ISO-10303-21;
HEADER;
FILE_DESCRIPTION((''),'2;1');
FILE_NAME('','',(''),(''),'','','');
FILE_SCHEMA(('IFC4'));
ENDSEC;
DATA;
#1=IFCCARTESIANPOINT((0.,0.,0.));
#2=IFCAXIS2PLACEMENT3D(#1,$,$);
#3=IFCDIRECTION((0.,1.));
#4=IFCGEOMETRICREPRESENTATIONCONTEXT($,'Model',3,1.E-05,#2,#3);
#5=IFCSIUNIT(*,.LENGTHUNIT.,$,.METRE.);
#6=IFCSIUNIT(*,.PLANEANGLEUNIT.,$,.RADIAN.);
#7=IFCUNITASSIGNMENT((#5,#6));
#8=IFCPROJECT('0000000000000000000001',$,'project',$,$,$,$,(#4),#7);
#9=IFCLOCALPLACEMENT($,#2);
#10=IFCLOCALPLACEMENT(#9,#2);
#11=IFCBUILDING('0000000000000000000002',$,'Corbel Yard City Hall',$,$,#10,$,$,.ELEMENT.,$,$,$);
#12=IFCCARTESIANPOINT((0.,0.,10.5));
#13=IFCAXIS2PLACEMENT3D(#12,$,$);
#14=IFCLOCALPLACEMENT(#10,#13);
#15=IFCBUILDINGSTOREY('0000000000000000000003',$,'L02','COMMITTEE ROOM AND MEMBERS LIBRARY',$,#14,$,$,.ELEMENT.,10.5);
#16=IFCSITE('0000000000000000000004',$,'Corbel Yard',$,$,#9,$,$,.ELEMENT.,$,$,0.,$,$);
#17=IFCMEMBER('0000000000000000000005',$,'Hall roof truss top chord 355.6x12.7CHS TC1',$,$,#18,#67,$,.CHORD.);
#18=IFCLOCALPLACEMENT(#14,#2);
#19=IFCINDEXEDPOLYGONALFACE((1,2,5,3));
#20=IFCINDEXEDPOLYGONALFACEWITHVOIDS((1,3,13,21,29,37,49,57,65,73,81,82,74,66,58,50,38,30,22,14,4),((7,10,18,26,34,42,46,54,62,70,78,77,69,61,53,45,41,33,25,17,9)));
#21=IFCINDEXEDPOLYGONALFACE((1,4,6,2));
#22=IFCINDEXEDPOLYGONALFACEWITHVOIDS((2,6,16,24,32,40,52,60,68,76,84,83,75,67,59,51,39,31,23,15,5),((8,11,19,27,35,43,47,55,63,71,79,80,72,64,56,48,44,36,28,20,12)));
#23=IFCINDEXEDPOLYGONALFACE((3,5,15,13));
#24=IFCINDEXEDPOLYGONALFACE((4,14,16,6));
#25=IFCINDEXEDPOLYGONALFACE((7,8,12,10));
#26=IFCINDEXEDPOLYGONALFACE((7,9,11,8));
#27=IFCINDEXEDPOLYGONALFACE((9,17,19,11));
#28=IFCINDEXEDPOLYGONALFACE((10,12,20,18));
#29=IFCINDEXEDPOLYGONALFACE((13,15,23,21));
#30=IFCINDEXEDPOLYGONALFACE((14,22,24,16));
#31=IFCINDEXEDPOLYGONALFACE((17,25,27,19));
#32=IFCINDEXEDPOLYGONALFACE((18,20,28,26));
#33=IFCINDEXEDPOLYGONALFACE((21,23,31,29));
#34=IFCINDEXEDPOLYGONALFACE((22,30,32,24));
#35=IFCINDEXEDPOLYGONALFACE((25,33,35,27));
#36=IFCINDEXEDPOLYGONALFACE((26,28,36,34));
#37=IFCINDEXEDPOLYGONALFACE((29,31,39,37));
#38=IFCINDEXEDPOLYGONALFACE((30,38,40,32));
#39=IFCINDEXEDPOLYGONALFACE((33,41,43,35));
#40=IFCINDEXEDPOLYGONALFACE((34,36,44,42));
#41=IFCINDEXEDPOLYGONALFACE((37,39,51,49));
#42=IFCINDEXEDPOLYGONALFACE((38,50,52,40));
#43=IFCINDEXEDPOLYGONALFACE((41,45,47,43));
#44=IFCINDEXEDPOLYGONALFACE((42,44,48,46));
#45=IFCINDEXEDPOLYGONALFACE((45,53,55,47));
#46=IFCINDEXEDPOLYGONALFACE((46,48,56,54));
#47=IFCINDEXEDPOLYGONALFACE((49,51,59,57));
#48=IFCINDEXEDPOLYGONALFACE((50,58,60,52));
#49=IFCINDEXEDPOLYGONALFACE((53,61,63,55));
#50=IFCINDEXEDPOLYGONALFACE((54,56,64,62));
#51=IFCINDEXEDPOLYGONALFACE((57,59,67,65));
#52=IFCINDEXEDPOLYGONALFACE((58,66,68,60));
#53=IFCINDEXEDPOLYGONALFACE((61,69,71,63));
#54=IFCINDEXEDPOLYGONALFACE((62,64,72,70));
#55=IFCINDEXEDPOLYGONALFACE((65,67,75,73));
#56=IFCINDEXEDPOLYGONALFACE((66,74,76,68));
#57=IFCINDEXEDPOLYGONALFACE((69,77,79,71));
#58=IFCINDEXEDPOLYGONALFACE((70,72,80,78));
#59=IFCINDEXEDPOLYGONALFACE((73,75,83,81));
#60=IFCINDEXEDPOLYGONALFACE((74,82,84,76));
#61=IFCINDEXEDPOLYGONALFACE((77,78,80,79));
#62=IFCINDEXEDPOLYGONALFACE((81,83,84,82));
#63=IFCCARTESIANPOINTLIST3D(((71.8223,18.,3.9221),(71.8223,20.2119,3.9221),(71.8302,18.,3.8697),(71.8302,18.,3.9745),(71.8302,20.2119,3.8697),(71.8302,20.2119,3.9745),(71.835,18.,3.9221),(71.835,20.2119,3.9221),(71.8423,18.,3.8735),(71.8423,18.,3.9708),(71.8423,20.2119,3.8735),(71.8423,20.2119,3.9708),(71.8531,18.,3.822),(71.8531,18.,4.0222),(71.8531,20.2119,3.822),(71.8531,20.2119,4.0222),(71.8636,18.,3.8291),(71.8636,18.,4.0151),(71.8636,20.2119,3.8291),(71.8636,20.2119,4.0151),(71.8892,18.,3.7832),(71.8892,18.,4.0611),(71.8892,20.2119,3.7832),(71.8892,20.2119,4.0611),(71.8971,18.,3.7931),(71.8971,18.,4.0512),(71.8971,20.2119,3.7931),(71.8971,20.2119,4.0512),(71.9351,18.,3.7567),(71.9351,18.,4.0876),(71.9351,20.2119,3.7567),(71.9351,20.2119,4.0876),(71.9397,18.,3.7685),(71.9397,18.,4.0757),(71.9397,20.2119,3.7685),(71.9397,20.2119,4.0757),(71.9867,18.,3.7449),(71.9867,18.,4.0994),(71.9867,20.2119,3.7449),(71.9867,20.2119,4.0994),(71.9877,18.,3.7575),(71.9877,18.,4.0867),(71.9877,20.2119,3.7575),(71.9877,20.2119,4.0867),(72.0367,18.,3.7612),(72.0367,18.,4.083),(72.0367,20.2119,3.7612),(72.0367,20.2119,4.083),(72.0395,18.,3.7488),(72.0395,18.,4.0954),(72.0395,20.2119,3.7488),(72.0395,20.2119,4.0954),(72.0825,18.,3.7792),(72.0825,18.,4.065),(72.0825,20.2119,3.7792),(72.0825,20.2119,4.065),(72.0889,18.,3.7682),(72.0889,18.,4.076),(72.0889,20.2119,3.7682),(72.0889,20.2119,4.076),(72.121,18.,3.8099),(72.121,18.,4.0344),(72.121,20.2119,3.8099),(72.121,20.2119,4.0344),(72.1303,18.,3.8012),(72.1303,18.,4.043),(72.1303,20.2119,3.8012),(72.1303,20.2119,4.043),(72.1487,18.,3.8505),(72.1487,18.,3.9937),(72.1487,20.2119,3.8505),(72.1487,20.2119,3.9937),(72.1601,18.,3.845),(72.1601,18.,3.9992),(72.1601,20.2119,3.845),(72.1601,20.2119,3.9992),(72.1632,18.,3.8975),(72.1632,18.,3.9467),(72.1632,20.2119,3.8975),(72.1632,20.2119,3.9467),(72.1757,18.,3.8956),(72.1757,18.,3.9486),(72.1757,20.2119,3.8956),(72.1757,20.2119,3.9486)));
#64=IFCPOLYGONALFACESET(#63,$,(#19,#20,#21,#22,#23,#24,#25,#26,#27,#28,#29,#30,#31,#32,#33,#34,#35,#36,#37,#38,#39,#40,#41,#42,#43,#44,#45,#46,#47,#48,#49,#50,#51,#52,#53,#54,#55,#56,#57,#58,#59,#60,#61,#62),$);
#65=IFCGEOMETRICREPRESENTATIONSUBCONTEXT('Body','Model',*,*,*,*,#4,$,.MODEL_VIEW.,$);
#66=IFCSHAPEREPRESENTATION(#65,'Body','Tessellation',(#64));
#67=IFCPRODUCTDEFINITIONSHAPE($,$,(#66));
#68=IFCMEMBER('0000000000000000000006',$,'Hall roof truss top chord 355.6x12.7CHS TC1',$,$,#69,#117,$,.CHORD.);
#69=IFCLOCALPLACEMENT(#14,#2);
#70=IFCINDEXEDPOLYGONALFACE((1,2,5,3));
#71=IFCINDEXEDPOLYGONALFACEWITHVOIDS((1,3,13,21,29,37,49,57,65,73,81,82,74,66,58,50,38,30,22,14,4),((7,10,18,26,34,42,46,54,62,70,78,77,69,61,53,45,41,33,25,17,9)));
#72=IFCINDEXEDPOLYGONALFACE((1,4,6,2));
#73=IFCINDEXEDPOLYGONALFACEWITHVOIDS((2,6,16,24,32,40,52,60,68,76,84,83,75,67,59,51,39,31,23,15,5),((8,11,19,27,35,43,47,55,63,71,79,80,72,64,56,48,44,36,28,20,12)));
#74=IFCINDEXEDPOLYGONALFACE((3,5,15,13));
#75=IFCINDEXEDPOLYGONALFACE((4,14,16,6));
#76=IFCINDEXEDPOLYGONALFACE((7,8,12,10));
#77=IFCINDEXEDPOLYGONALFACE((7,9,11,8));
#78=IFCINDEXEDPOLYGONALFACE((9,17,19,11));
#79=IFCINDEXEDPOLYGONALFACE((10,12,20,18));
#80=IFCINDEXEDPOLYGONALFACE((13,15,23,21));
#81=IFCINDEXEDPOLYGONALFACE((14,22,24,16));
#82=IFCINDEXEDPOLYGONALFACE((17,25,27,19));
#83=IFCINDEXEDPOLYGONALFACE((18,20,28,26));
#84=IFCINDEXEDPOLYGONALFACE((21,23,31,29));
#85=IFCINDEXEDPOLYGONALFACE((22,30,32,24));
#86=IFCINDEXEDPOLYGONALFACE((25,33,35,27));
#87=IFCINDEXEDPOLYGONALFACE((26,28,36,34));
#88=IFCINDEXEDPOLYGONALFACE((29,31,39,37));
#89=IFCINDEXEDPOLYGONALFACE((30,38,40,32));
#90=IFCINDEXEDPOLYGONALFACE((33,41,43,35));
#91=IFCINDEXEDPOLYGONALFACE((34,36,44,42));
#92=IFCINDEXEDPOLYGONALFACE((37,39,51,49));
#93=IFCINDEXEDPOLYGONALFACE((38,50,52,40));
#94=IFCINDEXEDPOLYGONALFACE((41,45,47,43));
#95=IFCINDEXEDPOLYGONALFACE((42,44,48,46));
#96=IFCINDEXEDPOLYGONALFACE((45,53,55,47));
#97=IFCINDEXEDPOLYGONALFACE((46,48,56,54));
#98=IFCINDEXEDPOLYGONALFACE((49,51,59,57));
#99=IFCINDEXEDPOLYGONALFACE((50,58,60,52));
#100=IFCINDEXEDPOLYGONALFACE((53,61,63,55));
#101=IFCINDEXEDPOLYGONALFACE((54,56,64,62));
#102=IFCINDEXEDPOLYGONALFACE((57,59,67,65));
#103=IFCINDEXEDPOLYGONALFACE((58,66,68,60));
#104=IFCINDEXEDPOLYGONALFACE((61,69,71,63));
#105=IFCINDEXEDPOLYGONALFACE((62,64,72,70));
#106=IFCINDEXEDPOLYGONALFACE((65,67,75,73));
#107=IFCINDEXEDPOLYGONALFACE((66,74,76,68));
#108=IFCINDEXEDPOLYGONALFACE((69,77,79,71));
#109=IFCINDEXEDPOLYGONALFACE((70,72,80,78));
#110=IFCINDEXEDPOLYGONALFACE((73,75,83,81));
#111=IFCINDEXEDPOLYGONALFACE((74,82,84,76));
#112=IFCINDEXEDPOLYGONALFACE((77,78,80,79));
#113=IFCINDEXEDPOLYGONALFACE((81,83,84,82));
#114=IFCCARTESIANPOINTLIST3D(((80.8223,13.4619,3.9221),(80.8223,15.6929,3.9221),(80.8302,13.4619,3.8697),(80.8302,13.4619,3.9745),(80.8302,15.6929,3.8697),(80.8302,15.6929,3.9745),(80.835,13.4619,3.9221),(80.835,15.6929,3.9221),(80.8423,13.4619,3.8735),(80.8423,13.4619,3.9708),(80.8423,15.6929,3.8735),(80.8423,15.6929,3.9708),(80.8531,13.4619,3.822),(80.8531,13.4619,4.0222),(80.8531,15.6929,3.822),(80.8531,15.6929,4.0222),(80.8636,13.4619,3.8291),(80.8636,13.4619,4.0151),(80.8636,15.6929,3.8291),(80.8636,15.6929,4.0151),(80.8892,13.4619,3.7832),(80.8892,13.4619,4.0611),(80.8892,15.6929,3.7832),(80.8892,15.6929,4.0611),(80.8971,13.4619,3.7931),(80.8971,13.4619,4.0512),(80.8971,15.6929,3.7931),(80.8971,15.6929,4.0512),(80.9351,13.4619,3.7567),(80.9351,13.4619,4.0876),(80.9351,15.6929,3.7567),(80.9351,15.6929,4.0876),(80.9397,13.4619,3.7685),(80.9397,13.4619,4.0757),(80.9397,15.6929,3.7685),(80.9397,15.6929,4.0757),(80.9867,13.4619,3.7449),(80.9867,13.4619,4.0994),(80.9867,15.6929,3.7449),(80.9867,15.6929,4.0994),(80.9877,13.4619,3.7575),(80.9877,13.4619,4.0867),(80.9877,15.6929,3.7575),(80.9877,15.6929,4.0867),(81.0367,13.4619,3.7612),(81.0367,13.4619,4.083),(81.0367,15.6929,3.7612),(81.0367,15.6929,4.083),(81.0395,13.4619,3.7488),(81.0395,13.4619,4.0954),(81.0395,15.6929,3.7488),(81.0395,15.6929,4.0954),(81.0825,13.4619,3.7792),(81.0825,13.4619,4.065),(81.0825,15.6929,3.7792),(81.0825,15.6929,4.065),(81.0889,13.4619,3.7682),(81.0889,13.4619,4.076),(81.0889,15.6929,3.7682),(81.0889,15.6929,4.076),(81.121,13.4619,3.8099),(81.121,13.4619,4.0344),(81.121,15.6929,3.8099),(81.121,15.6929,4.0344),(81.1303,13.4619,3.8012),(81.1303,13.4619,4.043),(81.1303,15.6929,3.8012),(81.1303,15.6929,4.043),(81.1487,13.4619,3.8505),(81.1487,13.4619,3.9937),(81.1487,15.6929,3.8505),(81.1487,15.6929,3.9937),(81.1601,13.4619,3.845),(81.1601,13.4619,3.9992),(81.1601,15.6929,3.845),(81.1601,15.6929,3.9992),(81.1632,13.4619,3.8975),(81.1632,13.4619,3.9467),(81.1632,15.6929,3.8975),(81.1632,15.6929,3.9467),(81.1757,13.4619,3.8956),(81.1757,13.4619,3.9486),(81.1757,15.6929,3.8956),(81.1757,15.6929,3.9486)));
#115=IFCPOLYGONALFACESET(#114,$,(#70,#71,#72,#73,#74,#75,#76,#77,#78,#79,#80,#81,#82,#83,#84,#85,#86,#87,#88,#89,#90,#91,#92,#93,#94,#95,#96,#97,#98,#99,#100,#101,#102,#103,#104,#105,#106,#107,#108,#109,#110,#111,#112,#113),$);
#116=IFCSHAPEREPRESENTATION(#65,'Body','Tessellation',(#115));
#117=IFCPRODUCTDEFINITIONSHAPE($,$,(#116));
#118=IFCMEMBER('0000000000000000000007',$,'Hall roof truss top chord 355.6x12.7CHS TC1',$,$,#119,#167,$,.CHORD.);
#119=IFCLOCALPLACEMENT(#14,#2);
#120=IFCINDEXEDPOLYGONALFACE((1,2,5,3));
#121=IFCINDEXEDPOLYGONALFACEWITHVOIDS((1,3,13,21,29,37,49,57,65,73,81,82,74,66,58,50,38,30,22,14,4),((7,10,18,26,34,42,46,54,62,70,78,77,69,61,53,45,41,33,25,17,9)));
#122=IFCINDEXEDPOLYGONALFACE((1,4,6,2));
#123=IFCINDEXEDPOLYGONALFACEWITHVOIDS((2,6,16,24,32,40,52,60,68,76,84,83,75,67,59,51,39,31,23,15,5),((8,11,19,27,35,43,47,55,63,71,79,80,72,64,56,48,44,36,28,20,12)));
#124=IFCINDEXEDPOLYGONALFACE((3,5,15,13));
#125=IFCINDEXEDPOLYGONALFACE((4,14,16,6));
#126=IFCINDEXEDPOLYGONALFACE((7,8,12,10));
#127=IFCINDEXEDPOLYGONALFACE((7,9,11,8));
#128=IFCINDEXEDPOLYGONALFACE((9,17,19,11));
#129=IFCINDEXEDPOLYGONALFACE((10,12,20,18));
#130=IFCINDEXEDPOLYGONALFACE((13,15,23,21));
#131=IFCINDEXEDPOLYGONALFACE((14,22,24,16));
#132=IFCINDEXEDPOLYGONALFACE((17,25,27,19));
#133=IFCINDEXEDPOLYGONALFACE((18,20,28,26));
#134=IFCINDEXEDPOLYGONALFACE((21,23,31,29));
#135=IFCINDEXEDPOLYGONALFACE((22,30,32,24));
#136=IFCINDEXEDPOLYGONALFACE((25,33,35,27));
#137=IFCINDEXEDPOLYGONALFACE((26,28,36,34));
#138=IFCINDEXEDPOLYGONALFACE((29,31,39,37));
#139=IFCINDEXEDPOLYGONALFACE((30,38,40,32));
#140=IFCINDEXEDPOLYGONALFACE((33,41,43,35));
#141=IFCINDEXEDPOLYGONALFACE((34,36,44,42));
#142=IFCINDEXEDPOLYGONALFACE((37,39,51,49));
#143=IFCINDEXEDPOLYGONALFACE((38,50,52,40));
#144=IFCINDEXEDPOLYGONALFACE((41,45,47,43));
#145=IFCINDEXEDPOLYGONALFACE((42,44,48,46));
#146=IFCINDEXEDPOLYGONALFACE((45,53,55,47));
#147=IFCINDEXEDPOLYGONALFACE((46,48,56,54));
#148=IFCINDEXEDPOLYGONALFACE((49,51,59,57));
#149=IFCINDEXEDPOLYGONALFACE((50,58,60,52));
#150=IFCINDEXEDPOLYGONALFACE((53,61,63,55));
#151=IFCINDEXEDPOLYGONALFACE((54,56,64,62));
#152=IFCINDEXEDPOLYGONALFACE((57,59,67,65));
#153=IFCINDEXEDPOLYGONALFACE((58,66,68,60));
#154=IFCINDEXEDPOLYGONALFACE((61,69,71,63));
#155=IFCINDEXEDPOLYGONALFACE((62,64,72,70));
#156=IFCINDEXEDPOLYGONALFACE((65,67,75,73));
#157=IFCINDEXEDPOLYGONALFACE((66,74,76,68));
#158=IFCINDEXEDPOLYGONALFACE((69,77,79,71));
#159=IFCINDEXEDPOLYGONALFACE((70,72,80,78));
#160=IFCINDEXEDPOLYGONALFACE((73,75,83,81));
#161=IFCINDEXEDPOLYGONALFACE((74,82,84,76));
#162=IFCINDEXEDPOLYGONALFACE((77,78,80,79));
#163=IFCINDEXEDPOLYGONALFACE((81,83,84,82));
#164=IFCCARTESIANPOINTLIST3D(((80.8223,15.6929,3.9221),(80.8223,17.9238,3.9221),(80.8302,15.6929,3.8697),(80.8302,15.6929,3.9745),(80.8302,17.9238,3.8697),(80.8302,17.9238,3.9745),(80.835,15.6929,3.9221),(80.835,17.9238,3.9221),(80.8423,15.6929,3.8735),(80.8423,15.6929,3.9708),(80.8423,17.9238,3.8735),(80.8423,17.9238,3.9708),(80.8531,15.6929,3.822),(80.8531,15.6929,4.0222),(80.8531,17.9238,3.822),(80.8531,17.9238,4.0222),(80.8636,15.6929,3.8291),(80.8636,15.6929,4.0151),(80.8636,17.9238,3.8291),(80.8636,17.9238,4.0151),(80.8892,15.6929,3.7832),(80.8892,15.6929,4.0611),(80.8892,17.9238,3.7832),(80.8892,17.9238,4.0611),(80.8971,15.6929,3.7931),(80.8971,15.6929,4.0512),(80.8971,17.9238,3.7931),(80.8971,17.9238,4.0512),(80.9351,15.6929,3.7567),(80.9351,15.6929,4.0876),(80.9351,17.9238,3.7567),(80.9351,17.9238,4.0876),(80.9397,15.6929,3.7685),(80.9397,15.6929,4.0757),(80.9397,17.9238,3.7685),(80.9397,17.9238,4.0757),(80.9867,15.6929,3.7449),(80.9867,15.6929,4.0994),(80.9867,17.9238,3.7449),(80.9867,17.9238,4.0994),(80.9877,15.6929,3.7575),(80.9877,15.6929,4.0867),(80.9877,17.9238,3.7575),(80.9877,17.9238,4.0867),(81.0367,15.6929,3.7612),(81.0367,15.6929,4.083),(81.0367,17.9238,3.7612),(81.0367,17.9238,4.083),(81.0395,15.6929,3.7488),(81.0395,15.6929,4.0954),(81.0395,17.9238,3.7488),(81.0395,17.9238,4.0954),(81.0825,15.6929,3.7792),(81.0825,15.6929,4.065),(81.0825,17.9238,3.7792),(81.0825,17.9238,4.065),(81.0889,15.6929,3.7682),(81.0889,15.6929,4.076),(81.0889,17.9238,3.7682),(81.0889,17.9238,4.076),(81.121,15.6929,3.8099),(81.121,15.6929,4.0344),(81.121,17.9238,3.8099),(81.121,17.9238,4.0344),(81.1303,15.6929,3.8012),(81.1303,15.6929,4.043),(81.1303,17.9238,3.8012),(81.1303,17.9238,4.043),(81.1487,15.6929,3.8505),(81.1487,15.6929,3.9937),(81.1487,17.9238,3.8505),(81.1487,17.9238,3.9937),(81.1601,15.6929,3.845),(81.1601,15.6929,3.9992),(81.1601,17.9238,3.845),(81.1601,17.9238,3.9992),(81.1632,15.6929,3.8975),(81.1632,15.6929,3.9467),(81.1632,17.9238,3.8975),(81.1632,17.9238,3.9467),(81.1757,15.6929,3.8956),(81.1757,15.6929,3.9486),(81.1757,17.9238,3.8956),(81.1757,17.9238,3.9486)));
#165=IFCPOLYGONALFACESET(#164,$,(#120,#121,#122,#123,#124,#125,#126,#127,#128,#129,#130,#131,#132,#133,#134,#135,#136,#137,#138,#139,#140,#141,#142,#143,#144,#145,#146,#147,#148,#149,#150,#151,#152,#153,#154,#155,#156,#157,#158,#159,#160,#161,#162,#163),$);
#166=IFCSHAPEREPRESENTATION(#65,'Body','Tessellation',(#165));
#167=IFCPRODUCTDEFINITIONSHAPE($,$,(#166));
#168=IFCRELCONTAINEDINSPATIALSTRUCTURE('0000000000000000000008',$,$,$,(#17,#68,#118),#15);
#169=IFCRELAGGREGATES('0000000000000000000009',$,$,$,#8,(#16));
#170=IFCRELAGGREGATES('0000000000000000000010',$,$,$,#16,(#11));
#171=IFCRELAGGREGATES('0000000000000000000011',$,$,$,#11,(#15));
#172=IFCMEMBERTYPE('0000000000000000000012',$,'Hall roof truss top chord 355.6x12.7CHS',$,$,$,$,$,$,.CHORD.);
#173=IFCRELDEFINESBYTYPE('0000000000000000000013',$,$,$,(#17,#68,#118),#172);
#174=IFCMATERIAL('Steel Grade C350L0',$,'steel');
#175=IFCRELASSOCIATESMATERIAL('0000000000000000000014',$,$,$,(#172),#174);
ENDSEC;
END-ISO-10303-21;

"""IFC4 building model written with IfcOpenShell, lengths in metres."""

from ifc_helpers import new_model, si_unit, direction, frame, origin, origin_2d, place, context, subcontext, project, spatial, hollow_circle, extrude, material, material_profile, profile_set, type_object, element, save


model = new_model("IFC4")

# Units and contexts
model_context = context("Model", 3, precision=1e-05, world=origin(), true_north=direction((0.0, 1.0)))
body_context = subcontext(model_context, "Body", "Model", "MODEL_VIEW")
ifc_project = project(units=[si_unit("LENGTHUNIT", "METRE"), si_unit("PLANEANGLEUNIT", "RADIAN")], contexts=[model_context])

# Site, building, storey
site_placement = place(None, origin())
site = spatial("IfcSite", under=ifc_project, at=site_placement, Name="Corbel Yard", CompositionType="ELEMENT", RefElevation=0.0)
building_placement = place(site_placement, origin())
building = spatial("IfcBuilding", under=site, at=building_placement, Name="Corbel Yard City Hall", CompositionType="ELEMENT")
storey_placement = place(building_placement, frame((0.0, 0.0, 10.5)))
storey = spatial("IfcBuildingStorey", under=building, at=storey_placement, Name="L02", Description="COMMITTEE ROOM AND MEMBERS LIBRARY", CompositionType="ELEMENT", Elevation=10.5)

# Members
ifc_material_1 = material(Name="Steel Grade C350L0", Category="steel")
ifc_material_profile_1 = material_profile(ifc_material_1, hollow_circle(Radius=0.1777, WallThickness=0.0127, at=origin_2d()), Name="355.6x12.7CHS")
ifc_profile_set_1 = profile_set([ifc_material_profile_1], Name="Steel Grade C350L0")
member_type_1 = type_object("IfcMemberType", Name="Hall roof truss top chord 355.6x12.7CHS", PredefinedType="CHORD", material=ifc_profile_set_1)
member_1_placement = place(storey_placement, frame((72.0, 18.0, 3.9221), z_axis=(0.0, 1.0, 0.0), x_axis=(-1.0, 0.0, 0.0)))
element("IfcMember", 1, at=member_1_placement, inside=storey, type_object=member_type_1, Name="Hall roof truss top chord 355.6x12.7CHS TC1", PredefinedType="CHORD", context=body_context, shape_type="SweptSolid", body=[
    extrude(hollow_circle(Radius=0.1777, WallThickness=0.0127, at=origin_2d()), origin(), (0.0, 0.0, 1.0), 2.2119),
])
for number, where, z_axis, x_axis, name in (
    (2, (81.0, 13.4619, 3.9221), (0.0, 1.0, 0.0), (-1.0, 0.0, 0.0), "Hall roof truss top chord 355.6x12.7CHS TC1"),
    (3, (81.0, 15.6929, 3.9221), (0.0, 1.0, 0.0), (-1.0, 0.0, 0.0), "Hall roof truss top chord 355.6x12.7CHS TC1"),
):
    element("IfcMember", number, at=place(storey_placement, frame(where, z_axis=z_axis, x_axis=x_axis)), inside=storey, type_object=member_type_1, Name=name, PredefinedType="CHORD", context=body_context, shape_type="SweptSolid", body=[
        extrude(hollow_circle(Radius=0.1777, WallThickness=0.0127, at=origin_2d()), origin(), (0.0, 0.0, 1.0), 2.231),
    ])

save(model, "model.ifc")
